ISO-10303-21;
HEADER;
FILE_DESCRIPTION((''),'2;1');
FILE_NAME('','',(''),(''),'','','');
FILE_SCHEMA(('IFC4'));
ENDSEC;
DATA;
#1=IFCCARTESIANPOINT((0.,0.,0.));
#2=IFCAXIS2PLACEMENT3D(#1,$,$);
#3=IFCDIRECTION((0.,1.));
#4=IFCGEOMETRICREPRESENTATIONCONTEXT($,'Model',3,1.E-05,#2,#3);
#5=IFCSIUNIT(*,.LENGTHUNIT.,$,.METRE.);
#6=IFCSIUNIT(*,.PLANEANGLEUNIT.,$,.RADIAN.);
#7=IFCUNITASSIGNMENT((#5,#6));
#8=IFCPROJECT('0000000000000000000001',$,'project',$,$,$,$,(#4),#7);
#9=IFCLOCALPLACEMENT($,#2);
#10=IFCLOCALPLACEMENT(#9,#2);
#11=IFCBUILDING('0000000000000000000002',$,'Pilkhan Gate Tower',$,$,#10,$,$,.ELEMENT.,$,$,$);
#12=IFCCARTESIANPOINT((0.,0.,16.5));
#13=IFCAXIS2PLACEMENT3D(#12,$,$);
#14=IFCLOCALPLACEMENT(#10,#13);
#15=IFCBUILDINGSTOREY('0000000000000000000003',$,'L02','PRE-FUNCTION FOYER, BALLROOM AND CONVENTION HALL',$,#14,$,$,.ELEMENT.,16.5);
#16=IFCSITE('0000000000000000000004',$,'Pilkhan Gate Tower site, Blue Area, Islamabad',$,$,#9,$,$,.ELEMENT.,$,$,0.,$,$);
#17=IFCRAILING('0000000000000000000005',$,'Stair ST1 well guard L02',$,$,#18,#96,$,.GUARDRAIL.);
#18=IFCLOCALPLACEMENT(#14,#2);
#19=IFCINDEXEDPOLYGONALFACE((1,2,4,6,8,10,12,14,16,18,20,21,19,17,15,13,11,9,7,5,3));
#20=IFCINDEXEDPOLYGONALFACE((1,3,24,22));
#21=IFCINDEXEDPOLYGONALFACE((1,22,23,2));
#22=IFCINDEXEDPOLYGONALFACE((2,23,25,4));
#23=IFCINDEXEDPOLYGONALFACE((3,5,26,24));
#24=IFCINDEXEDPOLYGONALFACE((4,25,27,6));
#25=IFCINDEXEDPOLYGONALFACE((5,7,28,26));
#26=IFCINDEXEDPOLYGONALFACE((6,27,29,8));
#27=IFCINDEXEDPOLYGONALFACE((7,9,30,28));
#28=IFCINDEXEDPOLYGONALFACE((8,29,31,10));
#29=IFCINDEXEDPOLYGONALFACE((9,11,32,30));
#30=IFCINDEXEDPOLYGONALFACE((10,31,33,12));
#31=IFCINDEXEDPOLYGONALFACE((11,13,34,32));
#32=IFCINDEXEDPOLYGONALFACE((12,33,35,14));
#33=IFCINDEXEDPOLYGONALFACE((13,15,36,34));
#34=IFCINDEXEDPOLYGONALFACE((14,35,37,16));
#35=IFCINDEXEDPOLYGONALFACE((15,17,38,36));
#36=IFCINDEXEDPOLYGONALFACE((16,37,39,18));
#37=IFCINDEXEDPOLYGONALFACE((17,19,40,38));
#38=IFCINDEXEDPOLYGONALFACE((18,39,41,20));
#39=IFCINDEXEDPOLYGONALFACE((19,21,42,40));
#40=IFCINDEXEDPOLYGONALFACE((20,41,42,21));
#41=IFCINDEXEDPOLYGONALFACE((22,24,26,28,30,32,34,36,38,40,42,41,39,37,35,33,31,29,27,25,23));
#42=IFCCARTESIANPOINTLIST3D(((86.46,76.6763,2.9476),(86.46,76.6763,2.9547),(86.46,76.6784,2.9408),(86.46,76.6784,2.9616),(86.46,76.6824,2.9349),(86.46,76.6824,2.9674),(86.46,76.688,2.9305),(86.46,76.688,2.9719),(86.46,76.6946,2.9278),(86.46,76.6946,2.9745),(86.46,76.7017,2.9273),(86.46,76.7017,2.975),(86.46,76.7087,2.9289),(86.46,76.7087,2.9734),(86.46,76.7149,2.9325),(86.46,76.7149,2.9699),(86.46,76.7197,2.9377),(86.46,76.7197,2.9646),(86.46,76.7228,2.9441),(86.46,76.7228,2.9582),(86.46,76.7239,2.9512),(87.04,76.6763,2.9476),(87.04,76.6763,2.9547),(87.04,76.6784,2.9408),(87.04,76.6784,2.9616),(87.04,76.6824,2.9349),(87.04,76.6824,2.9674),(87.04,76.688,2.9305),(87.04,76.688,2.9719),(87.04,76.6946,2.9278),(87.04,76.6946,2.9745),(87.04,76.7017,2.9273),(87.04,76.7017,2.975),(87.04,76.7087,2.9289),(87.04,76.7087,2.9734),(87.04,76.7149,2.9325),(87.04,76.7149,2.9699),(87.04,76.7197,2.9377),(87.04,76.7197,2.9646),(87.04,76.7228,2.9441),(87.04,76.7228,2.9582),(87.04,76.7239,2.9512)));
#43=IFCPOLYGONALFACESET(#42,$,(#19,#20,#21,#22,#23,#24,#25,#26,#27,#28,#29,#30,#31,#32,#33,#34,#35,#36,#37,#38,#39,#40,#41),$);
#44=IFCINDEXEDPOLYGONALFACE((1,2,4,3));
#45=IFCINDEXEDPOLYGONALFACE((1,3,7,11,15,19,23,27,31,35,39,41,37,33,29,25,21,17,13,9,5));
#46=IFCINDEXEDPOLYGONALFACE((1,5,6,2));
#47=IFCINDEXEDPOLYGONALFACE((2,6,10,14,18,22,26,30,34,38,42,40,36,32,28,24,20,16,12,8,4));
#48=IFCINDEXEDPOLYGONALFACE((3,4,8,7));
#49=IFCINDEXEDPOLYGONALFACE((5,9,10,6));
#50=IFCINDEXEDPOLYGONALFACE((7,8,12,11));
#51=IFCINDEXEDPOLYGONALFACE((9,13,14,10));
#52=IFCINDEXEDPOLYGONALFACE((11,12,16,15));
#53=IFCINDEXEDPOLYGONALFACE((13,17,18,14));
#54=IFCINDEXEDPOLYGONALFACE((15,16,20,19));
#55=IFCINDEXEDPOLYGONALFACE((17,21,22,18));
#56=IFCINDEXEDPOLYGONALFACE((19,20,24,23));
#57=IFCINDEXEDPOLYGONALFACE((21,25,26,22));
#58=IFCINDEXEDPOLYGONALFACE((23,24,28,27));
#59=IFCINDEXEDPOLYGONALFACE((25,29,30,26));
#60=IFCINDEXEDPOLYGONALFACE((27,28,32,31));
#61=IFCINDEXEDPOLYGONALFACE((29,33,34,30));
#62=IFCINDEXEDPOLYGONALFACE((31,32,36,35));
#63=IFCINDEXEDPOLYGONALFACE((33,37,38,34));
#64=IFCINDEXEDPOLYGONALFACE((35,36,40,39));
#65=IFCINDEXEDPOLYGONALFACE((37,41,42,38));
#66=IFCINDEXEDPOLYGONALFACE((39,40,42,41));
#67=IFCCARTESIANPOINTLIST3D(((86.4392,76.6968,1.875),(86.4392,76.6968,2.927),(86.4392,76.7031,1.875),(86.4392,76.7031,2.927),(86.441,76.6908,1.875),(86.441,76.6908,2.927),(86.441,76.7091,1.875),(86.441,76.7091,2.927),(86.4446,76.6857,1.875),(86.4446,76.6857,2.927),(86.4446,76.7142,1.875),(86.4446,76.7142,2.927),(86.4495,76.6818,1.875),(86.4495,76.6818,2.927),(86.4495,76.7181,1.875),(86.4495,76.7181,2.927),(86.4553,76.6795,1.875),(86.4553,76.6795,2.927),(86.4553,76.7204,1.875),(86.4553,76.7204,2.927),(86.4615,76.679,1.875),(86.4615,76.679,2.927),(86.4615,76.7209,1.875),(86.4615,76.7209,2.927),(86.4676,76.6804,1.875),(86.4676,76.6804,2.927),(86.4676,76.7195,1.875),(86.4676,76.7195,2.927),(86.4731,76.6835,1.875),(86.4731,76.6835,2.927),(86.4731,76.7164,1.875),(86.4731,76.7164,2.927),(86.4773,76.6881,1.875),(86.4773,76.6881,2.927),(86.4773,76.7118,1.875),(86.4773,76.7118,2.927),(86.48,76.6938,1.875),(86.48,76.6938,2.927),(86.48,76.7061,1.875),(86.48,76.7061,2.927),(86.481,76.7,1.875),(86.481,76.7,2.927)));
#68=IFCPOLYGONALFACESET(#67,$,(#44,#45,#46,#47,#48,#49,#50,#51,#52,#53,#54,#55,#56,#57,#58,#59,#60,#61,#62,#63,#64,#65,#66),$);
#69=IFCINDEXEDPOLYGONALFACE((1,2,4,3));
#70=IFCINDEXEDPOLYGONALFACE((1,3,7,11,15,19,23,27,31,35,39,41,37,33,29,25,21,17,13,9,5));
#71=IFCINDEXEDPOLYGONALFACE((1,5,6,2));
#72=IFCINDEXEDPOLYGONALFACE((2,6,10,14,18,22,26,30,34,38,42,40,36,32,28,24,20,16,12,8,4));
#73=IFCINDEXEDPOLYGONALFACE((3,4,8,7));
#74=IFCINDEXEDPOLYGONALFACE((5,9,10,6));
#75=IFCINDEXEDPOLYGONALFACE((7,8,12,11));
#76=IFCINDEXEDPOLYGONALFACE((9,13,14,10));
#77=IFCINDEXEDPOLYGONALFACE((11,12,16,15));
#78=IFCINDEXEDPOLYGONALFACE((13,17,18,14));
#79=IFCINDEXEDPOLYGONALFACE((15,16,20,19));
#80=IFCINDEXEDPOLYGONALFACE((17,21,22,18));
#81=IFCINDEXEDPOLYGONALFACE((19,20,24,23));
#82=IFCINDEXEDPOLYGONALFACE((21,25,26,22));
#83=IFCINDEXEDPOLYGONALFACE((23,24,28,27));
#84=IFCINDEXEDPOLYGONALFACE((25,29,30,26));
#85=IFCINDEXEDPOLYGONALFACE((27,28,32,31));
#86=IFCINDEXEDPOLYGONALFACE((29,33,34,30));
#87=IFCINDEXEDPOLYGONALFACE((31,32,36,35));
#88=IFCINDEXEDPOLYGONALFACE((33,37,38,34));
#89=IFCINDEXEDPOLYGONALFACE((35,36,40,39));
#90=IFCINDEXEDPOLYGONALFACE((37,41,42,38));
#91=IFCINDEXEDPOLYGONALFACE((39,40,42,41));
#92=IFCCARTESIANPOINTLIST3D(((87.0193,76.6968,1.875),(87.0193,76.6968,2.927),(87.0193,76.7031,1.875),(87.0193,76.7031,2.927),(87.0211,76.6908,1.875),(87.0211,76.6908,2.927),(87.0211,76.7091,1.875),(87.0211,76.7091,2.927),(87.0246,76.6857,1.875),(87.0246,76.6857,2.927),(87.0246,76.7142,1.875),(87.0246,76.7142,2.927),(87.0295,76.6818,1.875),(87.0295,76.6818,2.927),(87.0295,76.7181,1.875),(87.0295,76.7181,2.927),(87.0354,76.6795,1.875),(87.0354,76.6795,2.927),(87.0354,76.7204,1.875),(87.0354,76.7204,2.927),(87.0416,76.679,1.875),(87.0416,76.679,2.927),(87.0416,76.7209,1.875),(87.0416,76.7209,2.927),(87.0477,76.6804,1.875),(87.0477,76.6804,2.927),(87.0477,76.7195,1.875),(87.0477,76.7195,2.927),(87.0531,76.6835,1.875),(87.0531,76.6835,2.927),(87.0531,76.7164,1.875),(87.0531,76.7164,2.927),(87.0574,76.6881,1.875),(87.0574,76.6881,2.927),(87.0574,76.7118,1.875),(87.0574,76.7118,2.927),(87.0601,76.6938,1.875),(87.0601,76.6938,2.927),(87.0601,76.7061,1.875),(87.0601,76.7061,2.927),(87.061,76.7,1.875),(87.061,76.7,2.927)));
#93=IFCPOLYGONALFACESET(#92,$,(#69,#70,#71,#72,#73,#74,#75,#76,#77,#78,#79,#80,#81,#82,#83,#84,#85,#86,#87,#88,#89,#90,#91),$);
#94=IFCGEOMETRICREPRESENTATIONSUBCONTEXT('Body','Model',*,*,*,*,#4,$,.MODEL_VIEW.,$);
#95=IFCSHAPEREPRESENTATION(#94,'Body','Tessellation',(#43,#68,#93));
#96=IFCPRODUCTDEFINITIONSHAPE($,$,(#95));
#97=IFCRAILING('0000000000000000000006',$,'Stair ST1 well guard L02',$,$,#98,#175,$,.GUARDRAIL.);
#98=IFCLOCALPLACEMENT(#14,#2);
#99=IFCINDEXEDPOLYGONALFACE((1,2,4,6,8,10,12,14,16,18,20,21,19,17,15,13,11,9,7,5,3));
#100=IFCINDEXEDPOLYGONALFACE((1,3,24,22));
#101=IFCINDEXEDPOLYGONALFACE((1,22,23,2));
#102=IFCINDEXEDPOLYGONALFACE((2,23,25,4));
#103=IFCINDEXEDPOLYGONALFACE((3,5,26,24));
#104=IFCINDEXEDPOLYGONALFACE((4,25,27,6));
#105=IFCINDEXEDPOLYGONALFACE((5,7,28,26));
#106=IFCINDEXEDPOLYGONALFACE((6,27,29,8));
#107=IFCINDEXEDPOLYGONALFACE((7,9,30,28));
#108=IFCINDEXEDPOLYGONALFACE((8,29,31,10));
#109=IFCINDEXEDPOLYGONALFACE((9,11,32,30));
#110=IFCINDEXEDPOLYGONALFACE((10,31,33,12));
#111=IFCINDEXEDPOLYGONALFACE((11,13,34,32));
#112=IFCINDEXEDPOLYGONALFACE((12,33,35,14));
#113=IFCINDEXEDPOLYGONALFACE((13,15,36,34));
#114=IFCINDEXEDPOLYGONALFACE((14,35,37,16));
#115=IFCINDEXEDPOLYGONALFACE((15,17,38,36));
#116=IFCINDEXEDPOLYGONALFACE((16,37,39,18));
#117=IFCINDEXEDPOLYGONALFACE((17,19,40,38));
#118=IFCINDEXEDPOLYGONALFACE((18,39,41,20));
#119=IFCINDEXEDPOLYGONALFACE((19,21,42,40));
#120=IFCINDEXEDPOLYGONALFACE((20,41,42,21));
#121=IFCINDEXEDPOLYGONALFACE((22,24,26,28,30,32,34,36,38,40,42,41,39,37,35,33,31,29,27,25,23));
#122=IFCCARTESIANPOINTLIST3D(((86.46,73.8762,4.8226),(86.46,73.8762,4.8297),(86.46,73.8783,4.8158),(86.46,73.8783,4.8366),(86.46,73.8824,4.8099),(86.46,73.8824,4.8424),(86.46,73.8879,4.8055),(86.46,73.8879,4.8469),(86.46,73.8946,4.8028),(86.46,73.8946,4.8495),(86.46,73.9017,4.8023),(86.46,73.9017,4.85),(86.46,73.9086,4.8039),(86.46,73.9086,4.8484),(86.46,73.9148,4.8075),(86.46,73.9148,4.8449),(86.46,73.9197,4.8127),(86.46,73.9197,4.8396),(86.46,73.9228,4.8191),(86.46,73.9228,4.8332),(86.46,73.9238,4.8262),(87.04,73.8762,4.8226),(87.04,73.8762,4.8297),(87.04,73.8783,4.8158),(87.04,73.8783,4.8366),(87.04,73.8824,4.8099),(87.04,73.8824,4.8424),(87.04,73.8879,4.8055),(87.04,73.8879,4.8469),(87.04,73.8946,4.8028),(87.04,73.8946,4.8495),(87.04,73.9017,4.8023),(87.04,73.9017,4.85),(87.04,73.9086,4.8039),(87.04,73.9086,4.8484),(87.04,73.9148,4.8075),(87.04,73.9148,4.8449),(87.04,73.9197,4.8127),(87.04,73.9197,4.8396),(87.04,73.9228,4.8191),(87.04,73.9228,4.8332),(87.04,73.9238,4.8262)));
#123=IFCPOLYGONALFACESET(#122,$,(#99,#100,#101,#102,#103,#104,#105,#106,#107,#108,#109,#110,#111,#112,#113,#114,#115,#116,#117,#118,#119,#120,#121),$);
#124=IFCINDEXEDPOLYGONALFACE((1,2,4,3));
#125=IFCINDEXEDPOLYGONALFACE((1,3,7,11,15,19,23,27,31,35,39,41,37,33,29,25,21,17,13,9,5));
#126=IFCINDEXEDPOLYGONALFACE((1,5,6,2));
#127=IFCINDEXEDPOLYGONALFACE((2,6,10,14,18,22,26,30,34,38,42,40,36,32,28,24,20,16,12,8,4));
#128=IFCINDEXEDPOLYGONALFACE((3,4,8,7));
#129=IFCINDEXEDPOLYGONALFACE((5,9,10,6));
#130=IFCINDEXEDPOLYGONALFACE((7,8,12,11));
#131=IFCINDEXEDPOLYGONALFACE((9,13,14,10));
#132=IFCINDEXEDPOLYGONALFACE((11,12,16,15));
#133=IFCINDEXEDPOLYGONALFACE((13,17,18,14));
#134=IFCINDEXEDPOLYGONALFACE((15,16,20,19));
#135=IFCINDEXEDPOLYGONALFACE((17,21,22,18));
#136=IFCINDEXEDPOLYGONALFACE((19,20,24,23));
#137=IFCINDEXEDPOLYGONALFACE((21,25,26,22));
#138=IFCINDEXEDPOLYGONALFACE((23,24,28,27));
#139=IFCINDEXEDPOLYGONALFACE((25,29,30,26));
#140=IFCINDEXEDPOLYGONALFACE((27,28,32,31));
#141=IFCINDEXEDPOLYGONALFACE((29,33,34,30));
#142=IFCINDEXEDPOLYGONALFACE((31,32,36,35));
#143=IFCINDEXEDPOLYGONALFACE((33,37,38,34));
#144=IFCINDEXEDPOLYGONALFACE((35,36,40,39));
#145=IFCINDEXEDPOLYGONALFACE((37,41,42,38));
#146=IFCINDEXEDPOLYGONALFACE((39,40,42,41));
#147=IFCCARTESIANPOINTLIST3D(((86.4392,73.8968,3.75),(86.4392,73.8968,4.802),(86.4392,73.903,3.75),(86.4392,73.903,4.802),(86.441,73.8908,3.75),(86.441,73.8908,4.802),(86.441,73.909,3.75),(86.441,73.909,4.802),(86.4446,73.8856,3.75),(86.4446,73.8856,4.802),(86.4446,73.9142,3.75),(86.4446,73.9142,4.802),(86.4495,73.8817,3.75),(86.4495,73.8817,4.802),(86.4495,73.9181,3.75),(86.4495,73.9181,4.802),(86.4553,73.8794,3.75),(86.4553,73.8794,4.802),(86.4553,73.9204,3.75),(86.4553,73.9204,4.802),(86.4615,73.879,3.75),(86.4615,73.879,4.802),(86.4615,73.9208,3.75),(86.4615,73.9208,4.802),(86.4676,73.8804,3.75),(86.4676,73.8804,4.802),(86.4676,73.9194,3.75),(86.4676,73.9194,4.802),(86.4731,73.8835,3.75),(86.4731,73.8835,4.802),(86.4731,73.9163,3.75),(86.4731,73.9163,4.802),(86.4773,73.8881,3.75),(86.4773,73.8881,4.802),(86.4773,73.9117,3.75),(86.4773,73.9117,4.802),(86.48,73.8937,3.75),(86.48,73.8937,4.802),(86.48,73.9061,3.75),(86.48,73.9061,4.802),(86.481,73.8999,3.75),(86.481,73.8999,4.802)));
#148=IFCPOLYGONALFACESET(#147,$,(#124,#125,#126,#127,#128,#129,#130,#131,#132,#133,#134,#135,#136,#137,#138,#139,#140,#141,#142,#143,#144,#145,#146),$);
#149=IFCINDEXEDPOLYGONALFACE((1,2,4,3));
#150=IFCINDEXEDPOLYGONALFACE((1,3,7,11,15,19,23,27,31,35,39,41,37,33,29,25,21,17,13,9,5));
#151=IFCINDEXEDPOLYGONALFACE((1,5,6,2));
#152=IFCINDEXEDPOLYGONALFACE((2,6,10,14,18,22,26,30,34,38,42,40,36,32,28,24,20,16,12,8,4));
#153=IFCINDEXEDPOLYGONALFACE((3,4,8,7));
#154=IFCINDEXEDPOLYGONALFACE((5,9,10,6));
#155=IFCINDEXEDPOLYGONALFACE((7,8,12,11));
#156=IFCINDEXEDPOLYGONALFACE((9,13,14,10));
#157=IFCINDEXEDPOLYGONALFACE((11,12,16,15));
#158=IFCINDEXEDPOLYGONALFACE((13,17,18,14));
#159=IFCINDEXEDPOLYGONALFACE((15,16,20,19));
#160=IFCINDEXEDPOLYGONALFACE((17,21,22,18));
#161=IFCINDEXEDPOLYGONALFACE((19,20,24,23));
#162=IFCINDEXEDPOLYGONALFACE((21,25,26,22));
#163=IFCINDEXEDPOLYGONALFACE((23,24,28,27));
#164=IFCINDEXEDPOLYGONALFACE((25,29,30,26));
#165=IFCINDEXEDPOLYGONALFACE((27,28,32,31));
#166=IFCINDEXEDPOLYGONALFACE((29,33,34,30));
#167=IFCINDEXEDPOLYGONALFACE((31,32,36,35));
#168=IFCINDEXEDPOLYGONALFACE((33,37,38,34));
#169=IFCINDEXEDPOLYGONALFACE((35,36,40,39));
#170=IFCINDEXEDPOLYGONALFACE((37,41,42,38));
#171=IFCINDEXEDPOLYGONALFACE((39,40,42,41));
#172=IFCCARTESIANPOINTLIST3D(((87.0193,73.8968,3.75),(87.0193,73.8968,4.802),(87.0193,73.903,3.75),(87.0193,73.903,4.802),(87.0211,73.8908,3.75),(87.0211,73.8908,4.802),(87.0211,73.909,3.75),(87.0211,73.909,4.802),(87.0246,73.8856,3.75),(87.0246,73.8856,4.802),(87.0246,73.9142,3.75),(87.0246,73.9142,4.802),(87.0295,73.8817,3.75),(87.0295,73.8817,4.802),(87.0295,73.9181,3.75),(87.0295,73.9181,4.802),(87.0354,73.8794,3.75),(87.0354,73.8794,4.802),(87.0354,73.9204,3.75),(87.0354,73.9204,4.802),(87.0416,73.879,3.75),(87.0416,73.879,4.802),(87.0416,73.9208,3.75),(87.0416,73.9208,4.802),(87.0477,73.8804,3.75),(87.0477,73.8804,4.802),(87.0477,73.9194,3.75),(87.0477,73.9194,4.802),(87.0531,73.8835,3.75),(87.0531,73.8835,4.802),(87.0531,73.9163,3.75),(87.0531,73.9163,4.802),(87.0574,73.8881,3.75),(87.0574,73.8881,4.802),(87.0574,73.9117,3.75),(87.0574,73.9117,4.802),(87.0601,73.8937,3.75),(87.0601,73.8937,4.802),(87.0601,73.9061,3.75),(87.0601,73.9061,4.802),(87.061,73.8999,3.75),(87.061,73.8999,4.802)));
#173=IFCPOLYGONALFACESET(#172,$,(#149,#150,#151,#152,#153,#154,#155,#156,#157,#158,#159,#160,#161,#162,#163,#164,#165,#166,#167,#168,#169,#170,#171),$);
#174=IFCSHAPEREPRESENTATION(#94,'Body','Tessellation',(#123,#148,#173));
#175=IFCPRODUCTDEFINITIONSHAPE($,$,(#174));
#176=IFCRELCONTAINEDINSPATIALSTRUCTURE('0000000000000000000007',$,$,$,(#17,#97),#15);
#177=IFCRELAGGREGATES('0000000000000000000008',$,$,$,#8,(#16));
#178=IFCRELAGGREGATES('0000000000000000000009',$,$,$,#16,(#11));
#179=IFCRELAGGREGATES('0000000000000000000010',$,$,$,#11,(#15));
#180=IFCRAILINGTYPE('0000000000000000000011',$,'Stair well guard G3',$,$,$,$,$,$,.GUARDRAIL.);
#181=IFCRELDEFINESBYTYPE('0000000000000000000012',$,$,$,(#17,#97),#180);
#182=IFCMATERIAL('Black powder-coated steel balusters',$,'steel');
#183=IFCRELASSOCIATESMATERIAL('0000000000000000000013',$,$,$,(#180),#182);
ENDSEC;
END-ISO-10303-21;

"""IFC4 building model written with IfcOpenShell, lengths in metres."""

from ifc_helpers import new_model, si_unit, direction, frame, origin, origin_2d, place, context, subcontext, project, spatial, circle, extrude, material, type_object, element, save


model = new_model("IFC4")

# Units and contexts
model_context = context("Model", 3, precision=1e-05, world=origin(), true_north=direction((0.0, 1.0)))
body_context = subcontext(model_context, "Body", "Model", "MODEL_VIEW")
ifc_project = project(units=[si_unit("LENGTHUNIT", "METRE"), si_unit("PLANEANGLEUNIT", "RADIAN")], contexts=[model_context])

# Site, building, storey
site_placement = place(None, origin())
site = spatial("IfcSite", under=ifc_project, at=site_placement, Name="Pilkhan Gate Tower site, Blue Area, Islamabad", CompositionType="ELEMENT", RefElevation=0.0)
building_placement = place(site_placement, origin())
building = spatial("IfcBuilding", under=site, at=building_placement, Name="Pilkhan Gate Tower", CompositionType="ELEMENT")
storey_placement = place(building_placement, frame((0.0, 0.0, 16.5)))
storey = spatial("IfcBuildingStorey", under=building, at=storey_placement, Name="L02", Description="PRE-FUNCTION FOYER, BALLROOM AND CONVENTION HALL", CompositionType="ELEMENT", Elevation=16.5)

# Railings
ifc_material_1 = material(Name="Black powder-coated steel balusters", Category="steel")
railing_type_1 = type_object("IfcRailingType", Name="Stair well guard G3", PredefinedType="GUARDRAIL", material=ifc_material_1)
for number, where, name in (
    (1, (86.46, 76.7, 1.875), "Stair ST1 well guard L02"),
    (2, (86.46, 73.8999, 3.75), "Stair ST1 well guard L02"),
):
    element("IfcRailing", number, at=place(storey_placement, frame(where)), inside=storey, type_object=railing_type_1, Name=name, PredefinedType="GUARDRAIL", context=body_context, shape_type="SweptSolid", body=[
        extrude(circle(Radius=0.0239, at=origin_2d()), frame((0.0, 0.0, 1.0762), z_axis=(1.0, 0.0, 0.0), x_axis=(0.0, 1.0, 0.0)), (0.0, 0.0, 1.0), 0.5801),
        extrude(circle(Radius=0.021, at=origin_2d()), origin(), (0.0, 0.0, 1.0), 1.052),
        extrude(circle(Radius=0.021, at=origin_2d()), frame((0.5801, 0.0, 0.0)), (0.0, 0.0, 1.0), 1.052),
    ])

save(model, "model.ifc")
